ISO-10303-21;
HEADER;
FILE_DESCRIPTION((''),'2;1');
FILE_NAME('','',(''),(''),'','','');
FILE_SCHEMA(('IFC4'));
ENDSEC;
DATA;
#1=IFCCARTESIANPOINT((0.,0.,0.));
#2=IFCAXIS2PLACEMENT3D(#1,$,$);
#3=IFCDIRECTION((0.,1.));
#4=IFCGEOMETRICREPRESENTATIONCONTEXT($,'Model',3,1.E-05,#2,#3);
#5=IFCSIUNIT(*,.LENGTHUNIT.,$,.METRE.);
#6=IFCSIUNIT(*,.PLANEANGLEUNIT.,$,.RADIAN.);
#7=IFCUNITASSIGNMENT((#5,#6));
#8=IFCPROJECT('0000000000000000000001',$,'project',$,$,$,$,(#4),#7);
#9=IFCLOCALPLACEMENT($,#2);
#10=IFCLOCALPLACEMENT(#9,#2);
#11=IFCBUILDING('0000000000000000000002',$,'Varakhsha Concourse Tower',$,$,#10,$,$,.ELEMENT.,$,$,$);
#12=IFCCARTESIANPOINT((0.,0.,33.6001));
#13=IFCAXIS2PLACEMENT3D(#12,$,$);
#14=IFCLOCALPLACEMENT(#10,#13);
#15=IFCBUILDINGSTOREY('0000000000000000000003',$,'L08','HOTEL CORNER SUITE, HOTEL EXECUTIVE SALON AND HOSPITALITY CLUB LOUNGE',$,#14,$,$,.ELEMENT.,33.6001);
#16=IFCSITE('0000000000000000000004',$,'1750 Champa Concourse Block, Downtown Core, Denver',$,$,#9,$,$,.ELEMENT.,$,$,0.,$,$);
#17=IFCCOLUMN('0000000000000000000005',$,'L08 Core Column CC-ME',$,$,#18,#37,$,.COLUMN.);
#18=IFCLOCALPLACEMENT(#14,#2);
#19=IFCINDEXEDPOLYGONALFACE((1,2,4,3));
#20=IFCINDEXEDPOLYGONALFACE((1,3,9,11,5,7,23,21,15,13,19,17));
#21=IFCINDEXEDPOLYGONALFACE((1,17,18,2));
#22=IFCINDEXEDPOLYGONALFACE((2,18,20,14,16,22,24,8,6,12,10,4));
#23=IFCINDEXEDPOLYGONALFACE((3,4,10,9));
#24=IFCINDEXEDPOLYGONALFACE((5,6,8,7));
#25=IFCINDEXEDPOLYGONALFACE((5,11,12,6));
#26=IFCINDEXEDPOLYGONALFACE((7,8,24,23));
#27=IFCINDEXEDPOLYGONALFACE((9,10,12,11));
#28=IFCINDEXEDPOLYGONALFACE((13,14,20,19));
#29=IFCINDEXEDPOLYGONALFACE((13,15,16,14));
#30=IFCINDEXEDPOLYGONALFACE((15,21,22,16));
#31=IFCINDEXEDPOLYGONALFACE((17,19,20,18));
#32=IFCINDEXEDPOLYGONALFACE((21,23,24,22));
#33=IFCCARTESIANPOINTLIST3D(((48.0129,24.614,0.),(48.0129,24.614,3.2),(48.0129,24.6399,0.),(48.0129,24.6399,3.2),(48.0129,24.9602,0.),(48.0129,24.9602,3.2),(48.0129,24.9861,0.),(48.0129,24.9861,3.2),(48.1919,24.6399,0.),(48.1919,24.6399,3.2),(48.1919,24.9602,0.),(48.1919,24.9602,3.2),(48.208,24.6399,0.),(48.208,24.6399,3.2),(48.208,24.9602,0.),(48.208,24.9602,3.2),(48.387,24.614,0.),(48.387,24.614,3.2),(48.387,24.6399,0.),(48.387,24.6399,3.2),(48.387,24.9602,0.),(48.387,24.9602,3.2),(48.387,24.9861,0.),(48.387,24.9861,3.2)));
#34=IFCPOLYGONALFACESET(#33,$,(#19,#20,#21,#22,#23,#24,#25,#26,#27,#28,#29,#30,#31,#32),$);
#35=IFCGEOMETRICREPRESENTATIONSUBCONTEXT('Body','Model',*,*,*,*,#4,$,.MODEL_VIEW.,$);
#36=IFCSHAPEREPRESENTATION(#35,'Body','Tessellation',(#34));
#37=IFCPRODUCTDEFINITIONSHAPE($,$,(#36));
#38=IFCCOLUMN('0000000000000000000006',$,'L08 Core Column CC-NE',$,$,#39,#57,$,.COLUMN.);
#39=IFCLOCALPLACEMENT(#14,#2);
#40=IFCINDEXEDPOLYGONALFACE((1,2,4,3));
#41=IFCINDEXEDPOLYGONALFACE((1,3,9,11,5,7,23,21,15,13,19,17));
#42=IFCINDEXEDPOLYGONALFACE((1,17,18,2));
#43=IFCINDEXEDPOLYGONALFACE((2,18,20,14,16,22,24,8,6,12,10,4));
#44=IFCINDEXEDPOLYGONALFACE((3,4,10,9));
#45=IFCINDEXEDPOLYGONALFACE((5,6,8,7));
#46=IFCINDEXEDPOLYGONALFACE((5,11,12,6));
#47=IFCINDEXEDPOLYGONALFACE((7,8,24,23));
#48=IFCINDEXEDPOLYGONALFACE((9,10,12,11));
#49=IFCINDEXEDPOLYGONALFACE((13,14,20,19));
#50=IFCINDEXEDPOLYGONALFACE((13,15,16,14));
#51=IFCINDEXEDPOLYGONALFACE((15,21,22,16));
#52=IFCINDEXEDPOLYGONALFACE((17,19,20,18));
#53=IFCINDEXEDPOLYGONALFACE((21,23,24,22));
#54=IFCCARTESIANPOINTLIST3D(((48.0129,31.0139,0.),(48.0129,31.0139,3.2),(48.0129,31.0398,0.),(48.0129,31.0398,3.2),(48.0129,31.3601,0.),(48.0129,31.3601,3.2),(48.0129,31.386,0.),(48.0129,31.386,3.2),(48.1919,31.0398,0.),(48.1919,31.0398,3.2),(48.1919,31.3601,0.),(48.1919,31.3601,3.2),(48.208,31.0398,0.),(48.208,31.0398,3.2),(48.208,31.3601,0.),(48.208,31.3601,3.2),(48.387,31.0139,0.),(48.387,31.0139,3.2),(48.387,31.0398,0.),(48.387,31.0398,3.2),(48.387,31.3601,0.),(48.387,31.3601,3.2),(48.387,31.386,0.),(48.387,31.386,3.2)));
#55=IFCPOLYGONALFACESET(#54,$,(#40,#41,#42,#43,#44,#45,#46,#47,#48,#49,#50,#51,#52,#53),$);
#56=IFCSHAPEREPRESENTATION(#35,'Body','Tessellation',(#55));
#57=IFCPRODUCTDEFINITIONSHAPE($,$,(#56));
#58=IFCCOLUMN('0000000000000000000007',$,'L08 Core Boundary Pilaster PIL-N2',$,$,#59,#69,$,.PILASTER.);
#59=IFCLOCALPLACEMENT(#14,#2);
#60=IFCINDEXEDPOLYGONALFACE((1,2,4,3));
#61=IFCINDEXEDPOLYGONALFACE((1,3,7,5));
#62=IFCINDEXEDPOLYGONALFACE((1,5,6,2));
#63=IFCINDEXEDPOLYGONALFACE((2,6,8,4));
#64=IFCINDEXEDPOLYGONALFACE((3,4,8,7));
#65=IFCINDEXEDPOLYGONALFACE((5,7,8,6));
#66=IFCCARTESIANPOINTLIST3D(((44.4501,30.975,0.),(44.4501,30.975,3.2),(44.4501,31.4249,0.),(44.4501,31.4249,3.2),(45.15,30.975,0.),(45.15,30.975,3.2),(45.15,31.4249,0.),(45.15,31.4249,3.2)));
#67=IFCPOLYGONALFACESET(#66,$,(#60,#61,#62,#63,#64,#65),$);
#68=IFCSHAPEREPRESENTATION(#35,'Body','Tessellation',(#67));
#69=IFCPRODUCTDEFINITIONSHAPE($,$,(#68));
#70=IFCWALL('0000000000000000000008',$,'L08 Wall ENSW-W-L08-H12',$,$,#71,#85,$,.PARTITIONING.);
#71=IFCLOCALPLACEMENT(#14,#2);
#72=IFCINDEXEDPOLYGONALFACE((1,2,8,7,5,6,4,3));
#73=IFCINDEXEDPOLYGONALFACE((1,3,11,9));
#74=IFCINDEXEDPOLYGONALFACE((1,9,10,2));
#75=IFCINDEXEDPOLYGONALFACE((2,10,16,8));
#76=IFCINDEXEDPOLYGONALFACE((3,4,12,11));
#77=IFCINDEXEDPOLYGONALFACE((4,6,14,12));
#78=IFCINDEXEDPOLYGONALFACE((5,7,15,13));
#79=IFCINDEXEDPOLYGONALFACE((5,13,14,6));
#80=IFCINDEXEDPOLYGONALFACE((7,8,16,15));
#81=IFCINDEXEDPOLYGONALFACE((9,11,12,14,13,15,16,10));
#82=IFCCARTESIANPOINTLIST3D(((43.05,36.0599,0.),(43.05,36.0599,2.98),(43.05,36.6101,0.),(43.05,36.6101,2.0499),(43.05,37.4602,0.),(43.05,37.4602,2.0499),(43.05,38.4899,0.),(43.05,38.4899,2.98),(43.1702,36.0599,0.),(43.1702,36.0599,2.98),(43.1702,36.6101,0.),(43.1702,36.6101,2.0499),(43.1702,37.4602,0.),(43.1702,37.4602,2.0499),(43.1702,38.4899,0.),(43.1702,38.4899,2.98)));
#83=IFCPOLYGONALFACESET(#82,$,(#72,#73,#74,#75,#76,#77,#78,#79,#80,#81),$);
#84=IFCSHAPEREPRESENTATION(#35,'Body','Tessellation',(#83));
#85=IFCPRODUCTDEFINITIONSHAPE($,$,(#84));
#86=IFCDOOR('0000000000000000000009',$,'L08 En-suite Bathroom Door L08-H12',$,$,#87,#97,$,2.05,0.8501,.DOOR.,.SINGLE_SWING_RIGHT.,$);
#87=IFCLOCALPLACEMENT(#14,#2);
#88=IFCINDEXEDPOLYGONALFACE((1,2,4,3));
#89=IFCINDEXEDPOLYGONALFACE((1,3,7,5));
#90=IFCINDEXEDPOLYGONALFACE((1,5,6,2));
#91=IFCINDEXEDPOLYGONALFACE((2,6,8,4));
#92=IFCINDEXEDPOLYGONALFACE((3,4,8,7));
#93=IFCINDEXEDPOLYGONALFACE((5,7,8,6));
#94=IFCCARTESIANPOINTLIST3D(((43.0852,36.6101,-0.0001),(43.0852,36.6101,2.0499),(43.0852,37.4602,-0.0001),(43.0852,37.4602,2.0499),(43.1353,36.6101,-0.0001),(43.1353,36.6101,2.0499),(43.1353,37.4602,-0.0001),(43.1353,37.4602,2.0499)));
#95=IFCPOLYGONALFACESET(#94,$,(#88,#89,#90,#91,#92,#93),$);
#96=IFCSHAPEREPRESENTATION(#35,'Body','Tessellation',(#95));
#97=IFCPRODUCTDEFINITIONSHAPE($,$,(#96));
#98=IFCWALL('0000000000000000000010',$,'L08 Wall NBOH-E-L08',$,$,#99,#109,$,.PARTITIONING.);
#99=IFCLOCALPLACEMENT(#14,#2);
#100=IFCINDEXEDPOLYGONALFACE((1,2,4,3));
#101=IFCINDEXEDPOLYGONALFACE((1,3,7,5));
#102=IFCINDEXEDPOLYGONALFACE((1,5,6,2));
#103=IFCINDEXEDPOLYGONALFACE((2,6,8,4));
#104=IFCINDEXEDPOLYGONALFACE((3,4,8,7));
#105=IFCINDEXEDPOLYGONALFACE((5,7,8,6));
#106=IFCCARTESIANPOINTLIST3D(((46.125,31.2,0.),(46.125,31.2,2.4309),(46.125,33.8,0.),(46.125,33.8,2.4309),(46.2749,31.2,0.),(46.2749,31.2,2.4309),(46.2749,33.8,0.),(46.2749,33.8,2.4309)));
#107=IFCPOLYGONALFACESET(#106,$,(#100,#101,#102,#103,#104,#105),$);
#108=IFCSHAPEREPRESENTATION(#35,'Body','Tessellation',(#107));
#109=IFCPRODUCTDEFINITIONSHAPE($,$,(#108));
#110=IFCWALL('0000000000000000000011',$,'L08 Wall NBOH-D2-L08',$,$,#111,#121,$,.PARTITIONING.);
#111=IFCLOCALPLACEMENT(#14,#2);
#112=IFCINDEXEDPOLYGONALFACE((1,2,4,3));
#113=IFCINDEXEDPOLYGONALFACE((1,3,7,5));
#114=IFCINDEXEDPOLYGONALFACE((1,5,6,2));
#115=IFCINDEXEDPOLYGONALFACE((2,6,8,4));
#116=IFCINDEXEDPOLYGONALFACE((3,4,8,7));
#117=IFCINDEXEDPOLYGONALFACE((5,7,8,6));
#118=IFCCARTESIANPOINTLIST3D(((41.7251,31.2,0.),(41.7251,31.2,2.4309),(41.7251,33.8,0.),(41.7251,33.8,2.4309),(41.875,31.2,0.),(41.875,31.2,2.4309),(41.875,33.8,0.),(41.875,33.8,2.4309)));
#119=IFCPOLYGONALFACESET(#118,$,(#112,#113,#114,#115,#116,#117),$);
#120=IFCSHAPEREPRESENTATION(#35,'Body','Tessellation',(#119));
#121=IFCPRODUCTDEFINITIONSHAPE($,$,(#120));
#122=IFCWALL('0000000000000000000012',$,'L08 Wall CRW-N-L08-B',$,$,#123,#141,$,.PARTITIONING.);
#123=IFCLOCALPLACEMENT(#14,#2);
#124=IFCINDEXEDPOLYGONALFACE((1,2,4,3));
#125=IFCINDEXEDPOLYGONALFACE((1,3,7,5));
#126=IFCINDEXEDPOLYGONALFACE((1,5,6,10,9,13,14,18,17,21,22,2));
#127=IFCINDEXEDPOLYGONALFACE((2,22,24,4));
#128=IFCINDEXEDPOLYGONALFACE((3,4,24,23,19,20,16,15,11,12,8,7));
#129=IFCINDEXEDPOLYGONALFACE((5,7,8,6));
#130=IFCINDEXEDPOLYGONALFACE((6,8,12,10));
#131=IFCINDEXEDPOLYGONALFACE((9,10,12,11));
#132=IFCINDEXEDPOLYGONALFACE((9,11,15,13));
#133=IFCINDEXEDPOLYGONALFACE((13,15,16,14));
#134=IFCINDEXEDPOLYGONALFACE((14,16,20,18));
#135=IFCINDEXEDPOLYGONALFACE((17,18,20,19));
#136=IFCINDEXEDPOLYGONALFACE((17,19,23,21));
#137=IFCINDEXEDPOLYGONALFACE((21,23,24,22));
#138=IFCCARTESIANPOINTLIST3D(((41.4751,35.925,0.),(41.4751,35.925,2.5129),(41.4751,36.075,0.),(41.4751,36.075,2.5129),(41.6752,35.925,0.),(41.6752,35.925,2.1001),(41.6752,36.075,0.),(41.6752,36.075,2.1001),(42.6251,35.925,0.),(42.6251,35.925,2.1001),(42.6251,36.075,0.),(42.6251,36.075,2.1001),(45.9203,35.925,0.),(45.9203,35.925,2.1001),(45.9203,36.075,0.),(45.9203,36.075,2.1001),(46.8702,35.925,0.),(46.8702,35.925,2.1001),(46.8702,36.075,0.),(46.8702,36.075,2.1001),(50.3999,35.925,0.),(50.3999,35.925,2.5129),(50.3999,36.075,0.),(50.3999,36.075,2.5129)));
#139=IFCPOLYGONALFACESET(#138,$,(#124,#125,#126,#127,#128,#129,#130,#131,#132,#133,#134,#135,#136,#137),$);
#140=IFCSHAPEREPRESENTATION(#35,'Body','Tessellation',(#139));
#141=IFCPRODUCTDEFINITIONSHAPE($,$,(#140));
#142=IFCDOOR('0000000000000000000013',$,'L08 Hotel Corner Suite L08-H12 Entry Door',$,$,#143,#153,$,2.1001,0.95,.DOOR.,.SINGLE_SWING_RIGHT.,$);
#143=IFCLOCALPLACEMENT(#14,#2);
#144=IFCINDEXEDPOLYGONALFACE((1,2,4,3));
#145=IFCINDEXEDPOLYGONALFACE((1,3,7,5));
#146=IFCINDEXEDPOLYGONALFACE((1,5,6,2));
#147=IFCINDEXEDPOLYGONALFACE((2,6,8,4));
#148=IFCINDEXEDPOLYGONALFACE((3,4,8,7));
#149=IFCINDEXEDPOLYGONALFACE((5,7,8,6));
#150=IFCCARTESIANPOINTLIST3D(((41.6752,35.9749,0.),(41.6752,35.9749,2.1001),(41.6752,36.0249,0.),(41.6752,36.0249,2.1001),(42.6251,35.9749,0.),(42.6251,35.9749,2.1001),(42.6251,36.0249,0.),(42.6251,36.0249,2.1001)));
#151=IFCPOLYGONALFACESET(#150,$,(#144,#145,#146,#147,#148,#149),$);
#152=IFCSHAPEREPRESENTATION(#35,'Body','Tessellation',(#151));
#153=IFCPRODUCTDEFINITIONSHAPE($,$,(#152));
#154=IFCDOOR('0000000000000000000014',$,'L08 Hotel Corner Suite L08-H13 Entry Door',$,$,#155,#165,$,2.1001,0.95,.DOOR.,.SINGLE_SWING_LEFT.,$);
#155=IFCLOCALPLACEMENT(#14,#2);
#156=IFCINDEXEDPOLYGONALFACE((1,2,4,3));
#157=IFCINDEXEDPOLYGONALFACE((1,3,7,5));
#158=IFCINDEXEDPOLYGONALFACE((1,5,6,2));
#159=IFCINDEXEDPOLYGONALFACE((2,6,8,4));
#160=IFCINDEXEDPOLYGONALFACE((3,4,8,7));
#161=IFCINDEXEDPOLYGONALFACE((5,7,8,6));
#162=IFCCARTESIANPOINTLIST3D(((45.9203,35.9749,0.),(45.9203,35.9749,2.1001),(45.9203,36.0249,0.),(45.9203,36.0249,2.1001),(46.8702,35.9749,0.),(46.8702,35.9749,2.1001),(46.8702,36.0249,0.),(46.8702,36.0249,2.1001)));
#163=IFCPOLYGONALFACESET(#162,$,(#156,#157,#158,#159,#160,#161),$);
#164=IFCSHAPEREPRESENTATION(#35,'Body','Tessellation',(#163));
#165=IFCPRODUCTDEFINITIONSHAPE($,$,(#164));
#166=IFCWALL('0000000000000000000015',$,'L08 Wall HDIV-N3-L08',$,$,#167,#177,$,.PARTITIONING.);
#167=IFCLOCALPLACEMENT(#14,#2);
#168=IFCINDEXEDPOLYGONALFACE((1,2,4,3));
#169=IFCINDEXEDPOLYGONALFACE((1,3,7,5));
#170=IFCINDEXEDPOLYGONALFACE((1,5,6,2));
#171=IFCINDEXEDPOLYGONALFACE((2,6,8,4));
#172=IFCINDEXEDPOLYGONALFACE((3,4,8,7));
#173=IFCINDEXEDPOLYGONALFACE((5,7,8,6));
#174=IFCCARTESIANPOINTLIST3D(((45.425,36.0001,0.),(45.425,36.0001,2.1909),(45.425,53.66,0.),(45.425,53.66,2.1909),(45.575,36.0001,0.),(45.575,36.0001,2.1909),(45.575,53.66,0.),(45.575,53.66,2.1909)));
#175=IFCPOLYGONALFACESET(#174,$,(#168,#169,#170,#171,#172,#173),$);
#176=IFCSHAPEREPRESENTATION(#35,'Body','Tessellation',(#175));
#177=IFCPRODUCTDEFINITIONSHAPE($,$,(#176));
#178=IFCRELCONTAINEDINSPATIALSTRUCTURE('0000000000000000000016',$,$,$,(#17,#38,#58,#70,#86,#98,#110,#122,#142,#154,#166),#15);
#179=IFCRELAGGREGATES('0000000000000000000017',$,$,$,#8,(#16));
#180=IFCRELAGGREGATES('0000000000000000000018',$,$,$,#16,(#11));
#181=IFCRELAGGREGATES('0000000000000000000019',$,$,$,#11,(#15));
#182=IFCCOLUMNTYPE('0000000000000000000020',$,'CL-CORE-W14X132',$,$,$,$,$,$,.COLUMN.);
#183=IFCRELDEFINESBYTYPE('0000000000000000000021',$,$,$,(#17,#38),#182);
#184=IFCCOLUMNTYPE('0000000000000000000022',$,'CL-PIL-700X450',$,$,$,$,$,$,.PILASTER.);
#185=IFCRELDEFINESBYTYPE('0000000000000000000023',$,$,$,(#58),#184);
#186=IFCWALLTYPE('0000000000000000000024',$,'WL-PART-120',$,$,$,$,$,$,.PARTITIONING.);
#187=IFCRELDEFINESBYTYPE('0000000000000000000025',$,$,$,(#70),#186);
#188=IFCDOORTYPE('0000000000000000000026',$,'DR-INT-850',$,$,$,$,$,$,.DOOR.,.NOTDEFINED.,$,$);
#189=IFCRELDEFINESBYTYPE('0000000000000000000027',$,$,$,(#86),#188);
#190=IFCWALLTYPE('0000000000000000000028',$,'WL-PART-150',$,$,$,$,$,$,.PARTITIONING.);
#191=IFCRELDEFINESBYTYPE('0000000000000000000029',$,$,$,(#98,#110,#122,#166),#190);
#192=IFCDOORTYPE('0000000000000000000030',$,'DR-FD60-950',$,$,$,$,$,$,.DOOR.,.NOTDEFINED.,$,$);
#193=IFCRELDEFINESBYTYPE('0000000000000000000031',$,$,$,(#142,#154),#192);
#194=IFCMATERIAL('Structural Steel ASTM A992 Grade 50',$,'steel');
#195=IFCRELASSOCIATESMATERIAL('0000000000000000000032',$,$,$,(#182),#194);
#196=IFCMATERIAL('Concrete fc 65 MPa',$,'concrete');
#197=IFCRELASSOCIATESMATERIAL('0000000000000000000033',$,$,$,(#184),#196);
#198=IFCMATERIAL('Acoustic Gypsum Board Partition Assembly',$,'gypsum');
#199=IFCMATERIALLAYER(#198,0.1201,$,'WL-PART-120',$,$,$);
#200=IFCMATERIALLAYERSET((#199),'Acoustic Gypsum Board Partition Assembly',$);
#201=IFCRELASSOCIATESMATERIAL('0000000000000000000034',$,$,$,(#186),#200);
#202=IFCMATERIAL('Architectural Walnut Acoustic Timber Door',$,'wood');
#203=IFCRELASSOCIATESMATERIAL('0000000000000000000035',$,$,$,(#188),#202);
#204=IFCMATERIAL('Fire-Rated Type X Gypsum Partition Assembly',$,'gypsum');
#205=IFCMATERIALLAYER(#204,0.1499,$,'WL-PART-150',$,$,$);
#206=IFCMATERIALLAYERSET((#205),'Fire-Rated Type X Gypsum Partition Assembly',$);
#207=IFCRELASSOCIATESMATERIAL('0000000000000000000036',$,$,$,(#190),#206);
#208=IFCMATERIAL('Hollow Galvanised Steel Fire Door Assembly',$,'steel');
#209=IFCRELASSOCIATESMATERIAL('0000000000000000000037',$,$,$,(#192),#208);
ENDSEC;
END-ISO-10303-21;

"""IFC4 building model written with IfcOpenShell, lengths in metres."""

from ifc_helpers import new_model, si_unit, direction, frame, frame_2d, origin, origin_2d, place, context, subcontext, project, spatial, rectangle, i_section, extrude, material, layer, layer_set, material_profile, profile_set, type_object, element, fill, save


model = new_model("IFC4")

# Units and contexts
model_context = context("Model", 3, precision=1e-05, world=origin(), true_north=direction((0.0, 1.0)))
body_context = subcontext(model_context, "Body", "Model", "MODEL_VIEW")
ifc_project = project(units=[si_unit("LENGTHUNIT", "METRE"), si_unit("PLANEANGLEUNIT", "RADIAN")], contexts=[model_context])

# Site, building, storey
site_placement = place(None, origin())
site = spatial("IfcSite", under=ifc_project, at=site_placement, Name="1750 Champa Concourse Block, Downtown Core, Denver", CompositionType="ELEMENT", RefElevation=0.0)
building_placement = place(site_placement, origin())
building = spatial("IfcBuilding", under=site, at=building_placement, Name="Varakhsha Concourse Tower", CompositionType="ELEMENT")
storey_placement = place(building_placement, frame((0.0, 0.0, 33.6001)))
storey = spatial("IfcBuildingStorey", under=building, at=storey_placement, Name="L08", Description="HOTEL CORNER SUITE, HOTEL EXECUTIVE SALON AND HOSPITALITY CLUB LOUNGE", CompositionType="ELEMENT", Elevation=33.6001)

# Columns
ifc_material_1 = material(Name="Structural Steel ASTM A992 Grade 50", Category="steel")
ifc_material_profile_1 = material_profile(ifc_material_1, i_section(OverallWidth=0.374, OverallDepth=0.3721, WebThickness=0.0161, FlangeThickness=0.0259, at=origin_2d()), Name="W14X132")
ifc_profile_set_1 = profile_set([ifc_material_profile_1], Name="Structural Steel ASTM A992 Grade 50")
column_type_1 = type_object("IfcColumnType", Name="CL-CORE-W14X132", PredefinedType="COLUMN", material=ifc_profile_set_1)
for number, where, z_axis, x_axis, name in (
    (1, (48.2, 24.8, 0.0), (0.0, 0.0, 1.0), (1.0, 0.0, 0.0), "L08 Core Column CC-ME"),
    (2, (48.2, 31.2, 0.0), (0.0, 0.0, 1.0), (1.0, 0.0, 0.0), "L08 Core Column CC-NE"),
):
    element("IfcColumn", number, at=place(storey_placement, frame(where, z_axis=z_axis, x_axis=x_axis)), inside=storey, type_object=column_type_1, Name=name, PredefinedType="COLUMN", context=body_context, shape_type="SweptSolid", body=[
        extrude(i_section(OverallWidth=0.374, OverallDepth=0.3721, WebThickness=0.0161, FlangeThickness=0.0259, at=origin_2d()), origin(), (0.0, 0.0, 1.0), 3.2),
    ])
ifc_material_2 = material(Name="Concrete fc 65 MPa", Category="concrete")
ifc_material_profile_2 = material_profile(ifc_material_2, rectangle(XDim=0.7, YDim=0.45, at=origin_2d()), Name="RC 700x450")
ifc_profile_set_2 = profile_set([ifc_material_profile_2], Name="Concrete fc 65 MPa")
column_type_2 = type_object("IfcColumnType", Name="CL-PIL-700X450", PredefinedType="PILASTER", material=ifc_profile_set_2)
column_placement = place(storey_placement, frame((44.8, 31.2, 0.0), z_axis=(0.0, 0.0, 1.0), x_axis=(1.0, 0.0, 0.0)))
element("IfcColumn", 3, at=column_placement, inside=storey, type_object=column_type_2, Name="L08 Core Boundary Pilaster PIL-N2", PredefinedType="PILASTER", context=body_context, shape_type="SweptSolid", body=[
    extrude(rectangle(XDim=0.7, YDim=0.45, at=origin_2d()), origin(), (0.0, 0.0, 1.0), 3.2),
])

# Wall, opening, door
ifc_material_3 = material(Name="Acoustic Gypsum Board Partition Assembly", Category="gypsum")
ifc_layer_1 = layer(ifc_material_3, 0.1201, Name="WL-PART-120")
ifc_layer_set_1 = layer_set([ifc_layer_1], Name="Acoustic Gypsum Board Partition Assembly")
wall_type_1 = type_object("IfcWallType", Name="WL-PART-120", PredefinedType="PARTITIONING", material=ifc_layer_set_1)
wall_1_placement = place(storey_placement, frame((43.1101, 36.0601, 0.0), z_axis=(0.0, 0.0, 1.0), x_axis=(0.0, 1.0, 0.0)))
wall_1 = element("IfcWall", 4, at=wall_1_placement, inside=storey, type_object=wall_type_1, Name="L08 Wall ENSW-W-L08-H12", PredefinedType="PARTITIONING", context=body_context, shape_type="SweptSolid", body=[
    extrude(rectangle(XDim=2.4299, YDim=0.1201, at=frame_2d((1.2148, 0.0))), origin(), (0.0, 0.0, 1.0), 2.98),
])
opening_1_placement = place(wall_1_placement, frame((0.55, 0.0, 0.0)))
opening_1 = element("IfcOpeningElement", 5, at=opening_1_placement, cuts=wall_1, PredefinedType="OPENING", context=body_context, shape_type="SweptSolid", body=[
    extrude(rectangle(XDim=0.8501, YDim=2.05, at=frame_2d((0.425, 1.0249))), frame((0.0, 0.0701, 0.0), z_axis=(0.0, -1.0, 0.0), x_axis=(1.0, 0.0, 0.0)), (0.0, 0.0, 1.0), 0.1401),
])
ifc_material_4 = material(Name="Architectural Walnut Acoustic Timber Door", Category="wood")
door_type_1 = type_object("IfcDoorType", Name="DR-INT-850", OperationType="NOTDEFINED", PredefinedType="DOOR", material=ifc_material_4)
door_1_placement = place(opening_1_placement, origin())
door_1 = element("IfcDoor", 6, at=door_1_placement, inside=storey, type_object=door_type_1, Name="L08 En-suite Bathroom Door L08-H12", OperationType="SINGLE_SWING_RIGHT", OverallHeight=2.05, OverallWidth=0.8501, PredefinedType="DOOR", context=body_context, shape_type="SweptSolid", body=[
    extrude(rectangle(XDim=0.8501, YDim=2.05, at=frame_2d((0.425, 1.0249))), frame((0.0, 0.0249, 0.0), z_axis=(0.0, -1.0, 0.0), x_axis=(1.0, 0.0, 0.0)), (0.0, 0.0, 1.0), 0.05),
])
fill(opening_1, door_1)

# Walls
ifc_material_5 = material(Name="Fire-Rated Type X Gypsum Partition Assembly", Category="gypsum")
ifc_layer_2 = layer(ifc_material_5, 0.1499, Name="WL-PART-150")
ifc_layer_set_2 = layer_set([ifc_layer_2], Name="Fire-Rated Type X Gypsum Partition Assembly")
wall_type_2 = type_object("IfcWallType", Name="WL-PART-150", PredefinedType="PARTITIONING", material=ifc_layer_set_2)
for number, where, z_axis, x_axis, name in (
    (7, (46.2, 31.2, 0.0), (0.0, 0.0, 1.0), (0.0, 1.0, 0.0), "L08 Wall NBOH-E-L08"),
    (8, (41.8, 31.2, 0.0), (0.0, 0.0, 1.0), (0.0, 1.0, 0.0), "L08 Wall NBOH-D2-L08"),
):
    element("IfcWall", number, at=place(storey_placement, frame(where, z_axis=z_axis, x_axis=x_axis)), inside=storey, type_object=wall_type_2, Name=name, PredefinedType="PARTITIONING", context=body_context, shape_type="SweptSolid", body=[
        extrude(rectangle(XDim=2.6001, YDim=0.1499, at=frame_2d((1.3, 0.0))), origin(), (0.0, 0.0, 1.0), 2.4309),
    ])

# Wall, openings, doors
wall_2_placement = place(storey_placement, frame((41.4751, 36.0, 0.0), z_axis=(0.0, 0.0, 1.0), x_axis=(1.0, 0.0, 0.0)))
wall_2 = element("IfcWall", 9, at=wall_2_placement, inside=storey, type_object=wall_type_2, Name="L08 Wall CRW-N-L08-B", PredefinedType="PARTITIONING", context=body_context, shape_type="SweptSolid", body=[
    extrude(rectangle(XDim=8.9248, YDim=0.1499, at=frame_2d((4.4624, 0.0))), origin(), (0.0, 0.0, 1.0), 2.5129),
])
opening_2_placement = place(wall_2_placement, frame((0.2, 0.0, 0.0)))
opening_2 = element("IfcOpeningElement", 10, at=opening_2_placement, cuts=wall_2, PredefinedType="OPENING", context=body_context, shape_type="SweptSolid", body=[
    extrude(rectangle(XDim=0.95, YDim=2.1001, at=frame_2d((0.4751, 1.05))), frame((0.0, 0.085, 0.0), z_axis=(0.0, -1.0, 0.0), x_axis=(1.0, 0.0, 0.0)), (0.0, 0.0, 1.0), 0.1699),
])
opening_3_placement = place(wall_2_placement, frame((4.4451, 0.0, 0.0)))
opening_3 = element("IfcOpeningElement", 11, at=opening_3_placement, cuts=wall_2, PredefinedType="OPENING", context=body_context, shape_type="SweptSolid", body=[
    extrude(rectangle(XDim=0.95, YDim=2.1001, at=frame_2d((0.4751, 1.05))), frame((0.0, 0.085, 0.0), z_axis=(0.0, -1.0, 0.0), x_axis=(1.0, 0.0, 0.0)), (0.0, 0.0, 1.0), 0.1699),
])
ifc_material_6 = material(Name="Hollow Galvanised Steel Fire Door Assembly", Category="steel")
door_type_2 = type_object("IfcDoorType", Name="DR-FD60-950", OperationType="NOTDEFINED", PredefinedType="DOOR", material=ifc_material_6)
door_2_placement = place(opening_2_placement, origin())
door_2 = element("IfcDoor", 12, at=door_2_placement, inside=storey, type_object=door_type_2, Name="L08 Hotel Corner Suite L08-H12 Entry Door", OperationType="SINGLE_SWING_RIGHT", OverallHeight=2.1001, OverallWidth=0.95, PredefinedType="DOOR", context=body_context, shape_type="SweptSolid", body=[
    extrude(rectangle(XDim=0.95, YDim=2.1001, at=frame_2d((0.4751, 1.05))), frame((0.0, 0.0249, 0.0), z_axis=(0.0, -1.0, 0.0), x_axis=(1.0, 0.0, 0.0)), (0.0, 0.0, 1.0), 0.05),
])
fill(opening_2, door_2)
door_3_placement = place(opening_3_placement, origin())
door_3 = element("IfcDoor", 13, at=door_3_placement, inside=storey, type_object=door_type_2, Name="L08 Hotel Corner Suite L08-H13 Entry Door", OperationType="SINGLE_SWING_LEFT", OverallHeight=2.1001, OverallWidth=0.95, PredefinedType="DOOR", context=body_context, shape_type="SweptSolid", body=[
    extrude(rectangle(XDim=0.95, YDim=2.1001, at=frame_2d((0.4751, 1.05))), frame((0.0, 0.0249, 0.0), z_axis=(0.0, -1.0, 0.0), x_axis=(1.0, 0.0, 0.0)), (0.0, 0.0, 1.0), 0.05),
])
fill(opening_3, door_3)

# Wall
wall_3_placement = place(storey_placement, frame((45.5, 36.0, 0.0), z_axis=(0.0, 0.0, 1.0), x_axis=(0.0, 1.0, 0.0)))
element("IfcWall", 14, at=wall_3_placement, inside=storey, type_object=wall_type_2, Name="L08 Wall HDIV-N3-L08", PredefinedType="PARTITIONING", context=body_context, shape_type="SweptSolid", body=[
    extrude(rectangle(XDim=17.6599, YDim=0.1499, at=frame_2d((8.8301, 0.0))), origin(), (0.0, 0.0, 1.0), 2.1909),
])

save(model, "model.ifc")
